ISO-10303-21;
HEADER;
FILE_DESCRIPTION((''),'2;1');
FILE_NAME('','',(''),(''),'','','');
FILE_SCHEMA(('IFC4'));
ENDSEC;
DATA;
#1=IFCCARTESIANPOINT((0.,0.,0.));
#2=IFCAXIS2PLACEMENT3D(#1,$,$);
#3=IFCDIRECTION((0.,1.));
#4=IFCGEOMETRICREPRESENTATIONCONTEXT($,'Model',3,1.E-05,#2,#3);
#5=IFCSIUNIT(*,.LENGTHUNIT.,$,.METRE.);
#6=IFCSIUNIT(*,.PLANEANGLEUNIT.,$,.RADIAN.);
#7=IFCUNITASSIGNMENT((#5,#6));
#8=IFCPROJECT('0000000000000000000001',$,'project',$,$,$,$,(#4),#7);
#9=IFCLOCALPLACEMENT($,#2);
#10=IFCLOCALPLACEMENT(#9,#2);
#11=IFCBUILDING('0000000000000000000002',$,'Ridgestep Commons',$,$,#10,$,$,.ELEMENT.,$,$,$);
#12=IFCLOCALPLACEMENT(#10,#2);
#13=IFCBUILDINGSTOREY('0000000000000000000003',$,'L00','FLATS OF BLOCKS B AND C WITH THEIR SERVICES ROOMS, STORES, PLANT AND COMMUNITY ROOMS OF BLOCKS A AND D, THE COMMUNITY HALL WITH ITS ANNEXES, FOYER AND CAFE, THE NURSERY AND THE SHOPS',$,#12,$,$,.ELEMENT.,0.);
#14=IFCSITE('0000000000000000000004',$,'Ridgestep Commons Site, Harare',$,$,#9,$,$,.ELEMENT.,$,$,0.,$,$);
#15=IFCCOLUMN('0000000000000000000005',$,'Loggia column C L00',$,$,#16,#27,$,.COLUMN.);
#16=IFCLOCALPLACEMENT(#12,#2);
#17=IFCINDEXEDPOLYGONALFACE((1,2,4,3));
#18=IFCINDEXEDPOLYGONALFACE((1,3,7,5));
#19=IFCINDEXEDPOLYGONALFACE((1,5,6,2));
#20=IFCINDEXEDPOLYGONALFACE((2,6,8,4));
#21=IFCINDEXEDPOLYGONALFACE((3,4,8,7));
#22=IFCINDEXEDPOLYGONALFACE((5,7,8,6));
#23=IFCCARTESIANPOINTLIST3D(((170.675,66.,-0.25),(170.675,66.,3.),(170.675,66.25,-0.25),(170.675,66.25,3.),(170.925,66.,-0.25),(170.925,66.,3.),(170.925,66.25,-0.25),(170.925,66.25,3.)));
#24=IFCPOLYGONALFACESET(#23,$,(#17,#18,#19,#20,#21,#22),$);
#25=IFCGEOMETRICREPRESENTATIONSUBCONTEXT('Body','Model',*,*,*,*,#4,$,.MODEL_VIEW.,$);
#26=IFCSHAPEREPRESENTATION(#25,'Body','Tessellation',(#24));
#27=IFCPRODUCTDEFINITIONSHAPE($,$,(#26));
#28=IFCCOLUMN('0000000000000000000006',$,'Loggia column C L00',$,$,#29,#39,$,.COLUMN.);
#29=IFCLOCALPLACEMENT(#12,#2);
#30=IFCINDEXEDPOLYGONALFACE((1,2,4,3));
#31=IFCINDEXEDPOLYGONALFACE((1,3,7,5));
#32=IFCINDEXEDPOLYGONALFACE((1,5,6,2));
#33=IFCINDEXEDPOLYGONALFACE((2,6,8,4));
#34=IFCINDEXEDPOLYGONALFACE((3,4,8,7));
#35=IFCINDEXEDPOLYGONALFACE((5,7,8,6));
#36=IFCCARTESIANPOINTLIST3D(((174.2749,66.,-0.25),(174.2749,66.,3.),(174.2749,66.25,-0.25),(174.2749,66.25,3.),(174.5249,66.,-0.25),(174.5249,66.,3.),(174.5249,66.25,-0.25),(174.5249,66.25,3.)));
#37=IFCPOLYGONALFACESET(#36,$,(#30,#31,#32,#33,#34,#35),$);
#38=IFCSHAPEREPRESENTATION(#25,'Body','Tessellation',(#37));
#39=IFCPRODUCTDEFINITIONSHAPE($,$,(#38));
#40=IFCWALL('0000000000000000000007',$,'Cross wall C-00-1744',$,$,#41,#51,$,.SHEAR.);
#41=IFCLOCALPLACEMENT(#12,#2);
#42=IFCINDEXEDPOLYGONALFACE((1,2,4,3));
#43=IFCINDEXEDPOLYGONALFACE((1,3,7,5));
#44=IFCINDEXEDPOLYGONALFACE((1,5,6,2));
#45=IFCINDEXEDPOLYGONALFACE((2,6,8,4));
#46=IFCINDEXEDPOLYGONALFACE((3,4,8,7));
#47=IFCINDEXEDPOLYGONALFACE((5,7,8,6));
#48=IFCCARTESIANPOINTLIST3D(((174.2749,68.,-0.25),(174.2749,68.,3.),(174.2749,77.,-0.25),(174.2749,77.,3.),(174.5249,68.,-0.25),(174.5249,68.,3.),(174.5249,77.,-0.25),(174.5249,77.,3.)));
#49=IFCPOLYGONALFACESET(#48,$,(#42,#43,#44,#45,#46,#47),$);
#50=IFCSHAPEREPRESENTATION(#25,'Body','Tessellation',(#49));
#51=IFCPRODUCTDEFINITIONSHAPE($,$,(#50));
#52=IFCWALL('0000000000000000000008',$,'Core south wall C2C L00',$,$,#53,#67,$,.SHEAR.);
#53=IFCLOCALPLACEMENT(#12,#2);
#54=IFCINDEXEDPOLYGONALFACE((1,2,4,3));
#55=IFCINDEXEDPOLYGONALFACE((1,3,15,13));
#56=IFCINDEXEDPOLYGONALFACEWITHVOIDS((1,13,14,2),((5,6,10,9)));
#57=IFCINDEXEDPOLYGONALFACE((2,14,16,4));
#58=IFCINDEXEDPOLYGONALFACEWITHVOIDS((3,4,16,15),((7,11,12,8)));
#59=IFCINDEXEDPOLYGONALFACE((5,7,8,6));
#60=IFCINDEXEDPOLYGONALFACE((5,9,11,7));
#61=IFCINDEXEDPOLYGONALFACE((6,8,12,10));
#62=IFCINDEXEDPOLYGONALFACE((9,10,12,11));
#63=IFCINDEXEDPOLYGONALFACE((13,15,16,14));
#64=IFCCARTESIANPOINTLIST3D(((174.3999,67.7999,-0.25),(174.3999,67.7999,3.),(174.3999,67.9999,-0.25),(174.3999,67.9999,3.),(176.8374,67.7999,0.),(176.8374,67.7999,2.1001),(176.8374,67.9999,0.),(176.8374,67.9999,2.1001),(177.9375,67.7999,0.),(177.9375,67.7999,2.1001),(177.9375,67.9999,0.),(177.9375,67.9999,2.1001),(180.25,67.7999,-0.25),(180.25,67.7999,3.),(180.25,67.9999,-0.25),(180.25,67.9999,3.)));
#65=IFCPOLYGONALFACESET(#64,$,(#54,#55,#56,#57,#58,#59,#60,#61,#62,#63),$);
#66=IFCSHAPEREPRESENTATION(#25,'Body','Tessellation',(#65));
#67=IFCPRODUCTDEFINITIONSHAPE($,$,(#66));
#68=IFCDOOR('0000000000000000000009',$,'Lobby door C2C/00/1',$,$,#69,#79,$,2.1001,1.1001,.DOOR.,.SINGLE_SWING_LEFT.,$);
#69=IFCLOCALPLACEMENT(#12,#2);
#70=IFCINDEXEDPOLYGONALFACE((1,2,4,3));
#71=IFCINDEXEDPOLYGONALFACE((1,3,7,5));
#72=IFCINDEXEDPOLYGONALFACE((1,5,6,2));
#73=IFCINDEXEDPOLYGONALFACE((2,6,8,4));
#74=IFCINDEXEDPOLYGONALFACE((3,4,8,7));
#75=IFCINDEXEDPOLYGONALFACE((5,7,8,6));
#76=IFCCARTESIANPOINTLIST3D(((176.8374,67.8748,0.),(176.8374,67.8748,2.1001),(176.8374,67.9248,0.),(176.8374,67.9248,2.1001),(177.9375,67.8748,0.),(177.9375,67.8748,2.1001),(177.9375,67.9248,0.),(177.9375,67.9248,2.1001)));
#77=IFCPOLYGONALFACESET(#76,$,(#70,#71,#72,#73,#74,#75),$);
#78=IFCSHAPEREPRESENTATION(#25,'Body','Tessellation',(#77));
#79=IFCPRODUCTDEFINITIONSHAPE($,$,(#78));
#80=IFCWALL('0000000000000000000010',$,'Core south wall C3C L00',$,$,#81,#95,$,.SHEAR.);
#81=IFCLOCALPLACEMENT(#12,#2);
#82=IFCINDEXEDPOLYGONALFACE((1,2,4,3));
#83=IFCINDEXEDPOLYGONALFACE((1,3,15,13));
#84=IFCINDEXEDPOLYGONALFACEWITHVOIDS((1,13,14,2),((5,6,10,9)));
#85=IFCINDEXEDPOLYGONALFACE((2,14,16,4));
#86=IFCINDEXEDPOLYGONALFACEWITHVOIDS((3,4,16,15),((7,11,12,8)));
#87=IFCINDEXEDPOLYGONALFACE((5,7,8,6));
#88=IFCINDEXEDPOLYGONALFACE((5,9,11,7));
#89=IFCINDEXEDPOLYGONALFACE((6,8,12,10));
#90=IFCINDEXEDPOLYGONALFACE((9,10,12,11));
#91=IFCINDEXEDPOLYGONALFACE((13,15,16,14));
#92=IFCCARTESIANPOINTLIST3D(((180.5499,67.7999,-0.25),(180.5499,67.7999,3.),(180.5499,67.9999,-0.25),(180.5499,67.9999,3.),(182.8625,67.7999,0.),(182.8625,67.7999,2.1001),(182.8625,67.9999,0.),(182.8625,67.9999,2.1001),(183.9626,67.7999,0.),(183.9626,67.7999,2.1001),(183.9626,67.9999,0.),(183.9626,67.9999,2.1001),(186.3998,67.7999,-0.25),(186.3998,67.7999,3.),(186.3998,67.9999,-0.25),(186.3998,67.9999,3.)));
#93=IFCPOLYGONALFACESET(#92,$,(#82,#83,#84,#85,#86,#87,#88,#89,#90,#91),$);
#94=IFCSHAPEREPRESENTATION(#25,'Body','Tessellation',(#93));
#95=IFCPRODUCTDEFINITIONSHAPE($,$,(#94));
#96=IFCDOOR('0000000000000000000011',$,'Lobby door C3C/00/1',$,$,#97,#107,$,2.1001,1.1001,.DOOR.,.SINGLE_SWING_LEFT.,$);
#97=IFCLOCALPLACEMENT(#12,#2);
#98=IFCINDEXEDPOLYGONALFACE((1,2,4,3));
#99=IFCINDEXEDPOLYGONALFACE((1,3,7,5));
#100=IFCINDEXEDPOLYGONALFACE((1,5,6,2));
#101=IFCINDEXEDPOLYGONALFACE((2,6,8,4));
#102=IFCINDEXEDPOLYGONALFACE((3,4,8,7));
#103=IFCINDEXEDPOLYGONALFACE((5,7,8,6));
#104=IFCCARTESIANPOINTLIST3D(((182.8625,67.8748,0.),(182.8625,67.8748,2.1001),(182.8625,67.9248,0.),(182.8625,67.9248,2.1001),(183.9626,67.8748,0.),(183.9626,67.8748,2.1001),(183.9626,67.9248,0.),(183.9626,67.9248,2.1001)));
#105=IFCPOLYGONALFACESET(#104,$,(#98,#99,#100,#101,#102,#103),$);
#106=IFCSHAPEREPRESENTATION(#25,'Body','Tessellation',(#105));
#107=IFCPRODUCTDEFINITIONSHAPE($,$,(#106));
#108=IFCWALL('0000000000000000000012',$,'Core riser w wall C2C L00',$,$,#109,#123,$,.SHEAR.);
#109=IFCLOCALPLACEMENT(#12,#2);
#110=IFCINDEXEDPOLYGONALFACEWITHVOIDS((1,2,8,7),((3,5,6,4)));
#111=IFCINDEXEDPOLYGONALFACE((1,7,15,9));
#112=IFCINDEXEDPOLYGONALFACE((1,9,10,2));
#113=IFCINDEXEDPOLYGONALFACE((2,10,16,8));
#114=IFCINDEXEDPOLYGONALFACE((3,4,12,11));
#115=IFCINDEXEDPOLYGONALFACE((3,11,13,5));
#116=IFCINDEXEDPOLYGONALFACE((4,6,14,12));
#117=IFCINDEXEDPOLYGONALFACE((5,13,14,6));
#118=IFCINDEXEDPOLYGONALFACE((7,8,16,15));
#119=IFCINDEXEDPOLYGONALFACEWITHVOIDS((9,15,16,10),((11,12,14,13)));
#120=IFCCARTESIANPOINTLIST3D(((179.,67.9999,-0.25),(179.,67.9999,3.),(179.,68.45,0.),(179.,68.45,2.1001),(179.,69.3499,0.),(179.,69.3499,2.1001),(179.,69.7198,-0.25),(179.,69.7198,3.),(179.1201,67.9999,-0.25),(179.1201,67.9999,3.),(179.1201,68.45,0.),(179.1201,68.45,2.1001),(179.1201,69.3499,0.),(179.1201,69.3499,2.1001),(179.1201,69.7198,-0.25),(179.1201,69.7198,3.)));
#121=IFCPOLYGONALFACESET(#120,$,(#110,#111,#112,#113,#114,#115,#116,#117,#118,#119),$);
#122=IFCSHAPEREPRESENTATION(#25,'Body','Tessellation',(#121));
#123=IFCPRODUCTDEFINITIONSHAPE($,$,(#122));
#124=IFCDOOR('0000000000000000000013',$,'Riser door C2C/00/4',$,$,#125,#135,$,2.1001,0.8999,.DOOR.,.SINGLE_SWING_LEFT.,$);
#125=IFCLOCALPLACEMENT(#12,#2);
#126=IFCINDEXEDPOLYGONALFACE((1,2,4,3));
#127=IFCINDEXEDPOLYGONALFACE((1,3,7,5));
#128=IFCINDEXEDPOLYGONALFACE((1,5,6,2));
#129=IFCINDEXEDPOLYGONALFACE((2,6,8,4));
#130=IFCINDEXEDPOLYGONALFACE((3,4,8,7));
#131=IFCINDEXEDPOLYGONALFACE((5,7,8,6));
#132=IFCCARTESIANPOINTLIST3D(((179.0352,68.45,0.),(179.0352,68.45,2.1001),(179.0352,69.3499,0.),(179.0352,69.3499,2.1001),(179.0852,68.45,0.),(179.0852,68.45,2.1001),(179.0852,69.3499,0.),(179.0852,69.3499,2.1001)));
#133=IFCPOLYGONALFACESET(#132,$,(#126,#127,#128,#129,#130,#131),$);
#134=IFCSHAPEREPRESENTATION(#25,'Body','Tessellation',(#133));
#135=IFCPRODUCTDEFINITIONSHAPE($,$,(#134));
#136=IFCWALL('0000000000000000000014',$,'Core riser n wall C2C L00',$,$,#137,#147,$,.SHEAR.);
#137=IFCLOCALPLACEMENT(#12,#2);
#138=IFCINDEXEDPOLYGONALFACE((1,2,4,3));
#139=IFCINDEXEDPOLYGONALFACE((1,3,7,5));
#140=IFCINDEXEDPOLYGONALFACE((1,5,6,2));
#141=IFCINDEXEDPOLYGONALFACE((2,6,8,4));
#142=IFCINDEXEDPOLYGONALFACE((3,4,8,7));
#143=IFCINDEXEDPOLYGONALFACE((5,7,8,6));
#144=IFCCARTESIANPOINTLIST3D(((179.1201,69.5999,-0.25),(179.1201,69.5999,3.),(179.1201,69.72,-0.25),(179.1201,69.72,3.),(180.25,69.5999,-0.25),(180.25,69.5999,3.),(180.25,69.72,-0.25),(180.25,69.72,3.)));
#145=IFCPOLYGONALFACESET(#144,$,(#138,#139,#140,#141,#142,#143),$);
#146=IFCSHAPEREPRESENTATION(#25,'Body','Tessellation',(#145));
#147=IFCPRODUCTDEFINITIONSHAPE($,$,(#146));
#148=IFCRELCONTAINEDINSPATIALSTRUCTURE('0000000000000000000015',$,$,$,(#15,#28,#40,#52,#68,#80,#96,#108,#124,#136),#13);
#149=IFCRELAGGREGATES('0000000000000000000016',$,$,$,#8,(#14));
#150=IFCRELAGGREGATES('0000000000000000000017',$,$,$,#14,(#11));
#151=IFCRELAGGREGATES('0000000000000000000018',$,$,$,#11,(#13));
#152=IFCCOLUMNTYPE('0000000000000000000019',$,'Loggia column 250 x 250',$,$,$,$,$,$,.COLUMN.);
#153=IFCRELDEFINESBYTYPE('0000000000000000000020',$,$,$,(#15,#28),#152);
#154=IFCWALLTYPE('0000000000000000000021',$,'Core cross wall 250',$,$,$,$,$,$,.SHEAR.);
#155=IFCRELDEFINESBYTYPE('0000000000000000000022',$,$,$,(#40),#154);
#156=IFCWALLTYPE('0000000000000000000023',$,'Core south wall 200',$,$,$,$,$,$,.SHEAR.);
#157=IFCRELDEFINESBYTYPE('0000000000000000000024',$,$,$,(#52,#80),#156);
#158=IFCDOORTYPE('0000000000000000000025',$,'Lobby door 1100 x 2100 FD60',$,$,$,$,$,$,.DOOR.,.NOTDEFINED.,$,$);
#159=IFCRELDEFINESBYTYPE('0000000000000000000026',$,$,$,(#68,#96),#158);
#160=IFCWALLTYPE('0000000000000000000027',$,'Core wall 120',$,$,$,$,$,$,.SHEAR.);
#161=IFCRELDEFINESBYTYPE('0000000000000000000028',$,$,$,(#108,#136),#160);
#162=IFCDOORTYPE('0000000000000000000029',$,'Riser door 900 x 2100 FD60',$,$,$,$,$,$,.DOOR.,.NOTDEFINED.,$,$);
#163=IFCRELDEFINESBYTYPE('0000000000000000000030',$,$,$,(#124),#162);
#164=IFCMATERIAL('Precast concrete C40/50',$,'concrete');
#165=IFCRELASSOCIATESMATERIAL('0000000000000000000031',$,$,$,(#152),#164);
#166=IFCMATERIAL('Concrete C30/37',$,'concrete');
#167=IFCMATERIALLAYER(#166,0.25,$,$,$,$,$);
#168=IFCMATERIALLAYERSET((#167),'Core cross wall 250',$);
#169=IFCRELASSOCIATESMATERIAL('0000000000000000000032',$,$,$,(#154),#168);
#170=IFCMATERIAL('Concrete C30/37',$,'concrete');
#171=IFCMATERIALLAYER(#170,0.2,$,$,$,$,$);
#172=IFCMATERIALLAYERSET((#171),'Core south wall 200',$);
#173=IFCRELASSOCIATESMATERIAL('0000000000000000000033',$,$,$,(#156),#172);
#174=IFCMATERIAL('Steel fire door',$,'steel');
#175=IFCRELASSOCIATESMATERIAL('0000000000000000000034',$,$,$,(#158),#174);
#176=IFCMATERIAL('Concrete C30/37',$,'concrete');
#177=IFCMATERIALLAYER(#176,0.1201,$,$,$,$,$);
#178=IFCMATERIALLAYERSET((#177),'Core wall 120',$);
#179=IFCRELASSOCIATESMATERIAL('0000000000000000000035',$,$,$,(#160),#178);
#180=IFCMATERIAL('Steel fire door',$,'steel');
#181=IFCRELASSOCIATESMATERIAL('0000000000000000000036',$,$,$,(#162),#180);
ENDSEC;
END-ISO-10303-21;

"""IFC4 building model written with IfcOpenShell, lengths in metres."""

from ifc_helpers import new_model, si_unit, direction, frame, frame_2d, origin, origin_2d, place, context, subcontext, project, spatial, rectangle, extrude, material, layer, layer_set, material_profile, profile_set, type_object, element, fill, save


model = new_model("IFC4")

# Units and contexts
model_context = context("Model", 3, precision=1e-05, world=origin(), true_north=direction((0.0, 1.0)))
body_context = subcontext(model_context, "Body", "Model", "MODEL_VIEW")
ifc_project = project(units=[si_unit("LENGTHUNIT", "METRE"), si_unit("PLANEANGLEUNIT", "RADIAN")], contexts=[model_context])

# Site, building, storey
site_placement = place(None, origin())
site = spatial("IfcSite", under=ifc_project, at=site_placement, Name="Ridgestep Commons Site, Harare", CompositionType="ELEMENT", RefElevation=0.0)
building_placement = place(site_placement, origin())
building = spatial("IfcBuilding", under=site, at=building_placement, Name="Ridgestep Commons", CompositionType="ELEMENT")
storey_placement = place(building_placement, origin())
storey = spatial("IfcBuildingStorey", under=building, at=storey_placement, Name="L00", Description="FLATS OF BLOCKS B AND C WITH THEIR SERVICES ROOMS, STORES, PLANT AND COMMUNITY ROOMS OF BLOCKS A AND D, THE COMMUNITY HALL WITH ITS ANNEXES, FOYER AND CAFE, THE NURSERY AND THE SHOPS", CompositionType="ELEMENT", Elevation=0.0)

# Columns
ifc_material_1 = material(Name="Precast concrete C40/50", Category="concrete")
ifc_material_profile = material_profile(ifc_material_1, rectangle(XDim=0.25, YDim=0.25, at=origin_2d()), Name="PC 250x250")
ifc_profile_set = profile_set([ifc_material_profile], Name="Precast concrete C40/50")
column_type = type_object("IfcColumnType", Name="Loggia column 250 x 250", PredefinedType="COLUMN", material=ifc_profile_set)
for number, where, z_axis, x_axis, name in (
    (1, (170.8, 66.125, -0.25), (0.0, 0.0, 1.0), (1.0, 0.0, 0.0), "Loggia column C L00"),
    (2, (174.3999, 66.125, -0.25), (0.0, 0.0, 1.0), (1.0, 0.0, 0.0), "Loggia column C L00"),
):
    element("IfcColumn", number, at=place(storey_placement, frame(where, z_axis=z_axis, x_axis=x_axis)), inside=storey, type_object=column_type, Name=name, PredefinedType="COLUMN", context=body_context, shape_type="SweptSolid", body=[
        extrude(rectangle(XDim=0.25, YDim=0.25, at=origin_2d()), origin(), (0.0, 0.0, 1.0), 3.25),
    ])

# Wall
ifc_material_2 = material(Name="Concrete C30/37", Category="concrete")
ifc_layer_1 = layer(ifc_material_2, 0.25)
ifc_layer_set_1 = layer_set([ifc_layer_1], Name="Core cross wall 250")
wall_type_1 = type_object("IfcWallType", Name="Core cross wall 250", PredefinedType="SHEAR", material=ifc_layer_set_1)
wall_1_placement = place(storey_placement, frame((174.3999, 68.0, -0.25), z_axis=(0.0, 0.0, 1.0), x_axis=(0.0, 1.0, 0.0)))
element("IfcWall", 3, at=wall_1_placement, inside=storey, type_object=wall_type_1, Name="Cross wall C-00-1744", PredefinedType="SHEAR", context=body_context, shape_type="SweptSolid", body=[
    extrude(rectangle(XDim=9.0, YDim=0.25, at=frame_2d((4.5, 0.0))), origin(), (0.0, 0.0, 1.0), 3.25),
])

# Walls, openings, doors
ifc_material_3 = material(Name="Concrete C30/37", Category="concrete")
ifc_layer_2 = layer(ifc_material_3, 0.2)
ifc_layer_set_2 = layer_set([ifc_layer_2], Name="Core south wall 200")
wall_type_2 = type_object("IfcWallType", Name="Core south wall 200", PredefinedType="SHEAR", material=ifc_layer_set_2)
wall_2_placement = place(storey_placement, frame((174.3999, 67.8999, -0.25), z_axis=(0.0, 0.0, 1.0), x_axis=(1.0, 0.0, 0.0)))
wall_2 = element("IfcWall", 4, at=wall_2_placement, inside=storey, type_object=wall_type_2, Name="Core south wall C2C L00", PredefinedType="SHEAR", context=body_context, shape_type="SweptSolid", body=[
    extrude(rectangle(XDim=5.8501, YDim=0.2, at=frame_2d((2.925, 0.0))), origin(), (0.0, 0.0, 1.0), 3.25),
])
opening_1_placement = place(wall_2_placement, frame((2.4375, 0.0, 0.25)))
opening_1 = element("IfcOpeningElement", 5, at=opening_1_placement, cuts=wall_2, PredefinedType="OPENING", context=body_context, shape_type="SweptSolid", body=[
    extrude(rectangle(XDim=1.1001, YDim=2.1001, at=frame_2d((0.55, 1.05))), frame((0.0, 0.1099, 0.0), z_axis=(0.0, -1.0, 0.0), x_axis=(1.0, 0.0, 0.0)), (0.0, 0.0, 1.0), 0.22),
])
ifc_material_4 = material(Name="Steel fire door", Category="steel")
door_type_1 = type_object("IfcDoorType", Name="Lobby door 1100 x 2100 FD60", OperationType="NOTDEFINED", PredefinedType="DOOR", material=ifc_material_4)
door_1_placement = place(opening_1_placement, origin())
door_1 = element("IfcDoor", 6, at=door_1_placement, inside=storey, type_object=door_type_1, Name="Lobby door C2C/00/1", OperationType="SINGLE_SWING_LEFT", OverallHeight=2.1001, OverallWidth=1.1001, PredefinedType="DOOR", context=body_context, shape_type="SweptSolid", body=[
    extrude(rectangle(XDim=1.1001, YDim=2.1001, at=frame_2d((0.55, 1.05))), frame((0.0, 0.0249, 0.0), z_axis=(0.0, -1.0, 0.0), x_axis=(1.0, 0.0, 0.0)), (0.0, 0.0, 1.0), 0.05),
])
fill(opening_1, door_1)
wall_3_placement = place(storey_placement, frame((180.55, 67.8999, -0.25), z_axis=(0.0, 0.0, 1.0), x_axis=(1.0, 0.0, 0.0)))
wall_3 = element("IfcWall", 7, at=wall_3_placement, inside=storey, type_object=wall_type_2, Name="Core south wall C3C L00", PredefinedType="SHEAR", context=body_context, shape_type="SweptSolid", body=[
    extrude(rectangle(XDim=5.8499, YDim=0.2, at=frame_2d((2.9248, 0.0))), origin(), (0.0, 0.0, 1.0), 3.25),
])
opening_2_placement = place(wall_3_placement, frame((2.3125, 0.0, 0.25)))
opening_2 = element("IfcOpeningElement", 8, at=opening_2_placement, cuts=wall_3, PredefinedType="OPENING", context=body_context, shape_type="SweptSolid", body=[
    extrude(rectangle(XDim=1.1001, YDim=2.1001, at=frame_2d((0.55, 1.05))), frame((0.0, 0.1099, 0.0), z_axis=(0.0, -1.0, 0.0), x_axis=(1.0, 0.0, 0.0)), (0.0, 0.0, 1.0), 0.22),
])
door_2_placement = place(opening_2_placement, origin())
door_2 = element("IfcDoor", 9, at=door_2_placement, inside=storey, type_object=door_type_1, Name="Lobby door C3C/00/1", OperationType="SINGLE_SWING_LEFT", OverallHeight=2.1001, OverallWidth=1.1001, PredefinedType="DOOR", context=body_context, shape_type="SweptSolid", body=[
    extrude(rectangle(XDim=1.1001, YDim=2.1001, at=frame_2d((0.55, 1.05))), frame((0.0, 0.0249, 0.0), z_axis=(0.0, -1.0, 0.0), x_axis=(1.0, 0.0, 0.0)), (0.0, 0.0, 1.0), 0.05),
])
fill(opening_2, door_2)
ifc_material_5 = material(Name="Concrete C30/37", Category="concrete")
ifc_layer_3 = layer(ifc_material_5, 0.1201)
ifc_layer_set_3 = layer_set([ifc_layer_3], Name="Core wall 120")
wall_type_3 = type_object("IfcWallType", Name="Core wall 120", PredefinedType="SHEAR", material=ifc_layer_set_3)
wall_4_placement = place(storey_placement, frame((179.0601, 68.0, -0.25), z_axis=(0.0, 0.0, 1.0), x_axis=(0.0, 1.0, 0.0)))
wall_4 = element("IfcWall", 10, at=wall_4_placement, inside=storey, type_object=wall_type_3, Name="Core riser w wall C2C L00", PredefinedType="SHEAR", context=body_context, shape_type="SweptSolid", body=[
    extrude(rectangle(XDim=1.72, YDim=0.1201, at=frame_2d((0.8599, 0.0))), origin(), (0.0, 0.0, 1.0), 3.25),
])
opening_3_placement = place(wall_4_placement, frame((0.45, 0.0, 0.25)))
opening_3 = element("IfcOpeningElement", 11, at=opening_3_placement, cuts=wall_4, PredefinedType="OPENING", context=body_context, shape_type="SweptSolid", body=[
    extrude(rectangle(XDim=0.8999, YDim=2.1001, at=frame_2d((0.45, 1.05))), frame((0.0, 0.0701, 0.0), z_axis=(0.0, -1.0, 0.0), x_axis=(1.0, 0.0, 0.0)), (0.0, 0.0, 1.0), 0.1401),
])
ifc_material_6 = material(Name="Steel fire door", Category="steel")
door_type_2 = type_object("IfcDoorType", Name="Riser door 900 x 2100 FD60", OperationType="NOTDEFINED", PredefinedType="DOOR", material=ifc_material_6)
door_3_placement = place(opening_3_placement, origin())
door_3 = element("IfcDoor", 12, at=door_3_placement, inside=storey, type_object=door_type_2, Name="Riser door C2C/00/4", OperationType="SINGLE_SWING_LEFT", OverallHeight=2.1001, OverallWidth=0.8999, PredefinedType="DOOR", context=body_context, shape_type="SweptSolid", body=[
    extrude(rectangle(XDim=0.8999, YDim=2.1001, at=frame_2d((0.45, 1.05))), frame((0.0, 0.0249, 0.0), z_axis=(0.0, -1.0, 0.0), x_axis=(1.0, 0.0, 0.0)), (0.0, 0.0, 1.0), 0.05),
])
fill(opening_3, door_3)

# Wall
wall_5_placement = place(storey_placement, frame((179.1201, 69.6599, -0.25), z_axis=(0.0, 0.0, 1.0), x_axis=(1.0, 0.0, 0.0)))
element("IfcWall", 13, at=wall_5_placement, inside=storey, type_object=wall_type_3, Name="Core riser n wall C2C L00", PredefinedType="SHEAR", context=body_context, shape_type="SweptSolid", body=[
    extrude(rectangle(XDim=1.1299, YDim=0.1201, at=frame_2d((0.5649, 0.0))), origin(), (0.0, 0.0, 1.0), 3.25),
])

save(model, "model.ifc")
